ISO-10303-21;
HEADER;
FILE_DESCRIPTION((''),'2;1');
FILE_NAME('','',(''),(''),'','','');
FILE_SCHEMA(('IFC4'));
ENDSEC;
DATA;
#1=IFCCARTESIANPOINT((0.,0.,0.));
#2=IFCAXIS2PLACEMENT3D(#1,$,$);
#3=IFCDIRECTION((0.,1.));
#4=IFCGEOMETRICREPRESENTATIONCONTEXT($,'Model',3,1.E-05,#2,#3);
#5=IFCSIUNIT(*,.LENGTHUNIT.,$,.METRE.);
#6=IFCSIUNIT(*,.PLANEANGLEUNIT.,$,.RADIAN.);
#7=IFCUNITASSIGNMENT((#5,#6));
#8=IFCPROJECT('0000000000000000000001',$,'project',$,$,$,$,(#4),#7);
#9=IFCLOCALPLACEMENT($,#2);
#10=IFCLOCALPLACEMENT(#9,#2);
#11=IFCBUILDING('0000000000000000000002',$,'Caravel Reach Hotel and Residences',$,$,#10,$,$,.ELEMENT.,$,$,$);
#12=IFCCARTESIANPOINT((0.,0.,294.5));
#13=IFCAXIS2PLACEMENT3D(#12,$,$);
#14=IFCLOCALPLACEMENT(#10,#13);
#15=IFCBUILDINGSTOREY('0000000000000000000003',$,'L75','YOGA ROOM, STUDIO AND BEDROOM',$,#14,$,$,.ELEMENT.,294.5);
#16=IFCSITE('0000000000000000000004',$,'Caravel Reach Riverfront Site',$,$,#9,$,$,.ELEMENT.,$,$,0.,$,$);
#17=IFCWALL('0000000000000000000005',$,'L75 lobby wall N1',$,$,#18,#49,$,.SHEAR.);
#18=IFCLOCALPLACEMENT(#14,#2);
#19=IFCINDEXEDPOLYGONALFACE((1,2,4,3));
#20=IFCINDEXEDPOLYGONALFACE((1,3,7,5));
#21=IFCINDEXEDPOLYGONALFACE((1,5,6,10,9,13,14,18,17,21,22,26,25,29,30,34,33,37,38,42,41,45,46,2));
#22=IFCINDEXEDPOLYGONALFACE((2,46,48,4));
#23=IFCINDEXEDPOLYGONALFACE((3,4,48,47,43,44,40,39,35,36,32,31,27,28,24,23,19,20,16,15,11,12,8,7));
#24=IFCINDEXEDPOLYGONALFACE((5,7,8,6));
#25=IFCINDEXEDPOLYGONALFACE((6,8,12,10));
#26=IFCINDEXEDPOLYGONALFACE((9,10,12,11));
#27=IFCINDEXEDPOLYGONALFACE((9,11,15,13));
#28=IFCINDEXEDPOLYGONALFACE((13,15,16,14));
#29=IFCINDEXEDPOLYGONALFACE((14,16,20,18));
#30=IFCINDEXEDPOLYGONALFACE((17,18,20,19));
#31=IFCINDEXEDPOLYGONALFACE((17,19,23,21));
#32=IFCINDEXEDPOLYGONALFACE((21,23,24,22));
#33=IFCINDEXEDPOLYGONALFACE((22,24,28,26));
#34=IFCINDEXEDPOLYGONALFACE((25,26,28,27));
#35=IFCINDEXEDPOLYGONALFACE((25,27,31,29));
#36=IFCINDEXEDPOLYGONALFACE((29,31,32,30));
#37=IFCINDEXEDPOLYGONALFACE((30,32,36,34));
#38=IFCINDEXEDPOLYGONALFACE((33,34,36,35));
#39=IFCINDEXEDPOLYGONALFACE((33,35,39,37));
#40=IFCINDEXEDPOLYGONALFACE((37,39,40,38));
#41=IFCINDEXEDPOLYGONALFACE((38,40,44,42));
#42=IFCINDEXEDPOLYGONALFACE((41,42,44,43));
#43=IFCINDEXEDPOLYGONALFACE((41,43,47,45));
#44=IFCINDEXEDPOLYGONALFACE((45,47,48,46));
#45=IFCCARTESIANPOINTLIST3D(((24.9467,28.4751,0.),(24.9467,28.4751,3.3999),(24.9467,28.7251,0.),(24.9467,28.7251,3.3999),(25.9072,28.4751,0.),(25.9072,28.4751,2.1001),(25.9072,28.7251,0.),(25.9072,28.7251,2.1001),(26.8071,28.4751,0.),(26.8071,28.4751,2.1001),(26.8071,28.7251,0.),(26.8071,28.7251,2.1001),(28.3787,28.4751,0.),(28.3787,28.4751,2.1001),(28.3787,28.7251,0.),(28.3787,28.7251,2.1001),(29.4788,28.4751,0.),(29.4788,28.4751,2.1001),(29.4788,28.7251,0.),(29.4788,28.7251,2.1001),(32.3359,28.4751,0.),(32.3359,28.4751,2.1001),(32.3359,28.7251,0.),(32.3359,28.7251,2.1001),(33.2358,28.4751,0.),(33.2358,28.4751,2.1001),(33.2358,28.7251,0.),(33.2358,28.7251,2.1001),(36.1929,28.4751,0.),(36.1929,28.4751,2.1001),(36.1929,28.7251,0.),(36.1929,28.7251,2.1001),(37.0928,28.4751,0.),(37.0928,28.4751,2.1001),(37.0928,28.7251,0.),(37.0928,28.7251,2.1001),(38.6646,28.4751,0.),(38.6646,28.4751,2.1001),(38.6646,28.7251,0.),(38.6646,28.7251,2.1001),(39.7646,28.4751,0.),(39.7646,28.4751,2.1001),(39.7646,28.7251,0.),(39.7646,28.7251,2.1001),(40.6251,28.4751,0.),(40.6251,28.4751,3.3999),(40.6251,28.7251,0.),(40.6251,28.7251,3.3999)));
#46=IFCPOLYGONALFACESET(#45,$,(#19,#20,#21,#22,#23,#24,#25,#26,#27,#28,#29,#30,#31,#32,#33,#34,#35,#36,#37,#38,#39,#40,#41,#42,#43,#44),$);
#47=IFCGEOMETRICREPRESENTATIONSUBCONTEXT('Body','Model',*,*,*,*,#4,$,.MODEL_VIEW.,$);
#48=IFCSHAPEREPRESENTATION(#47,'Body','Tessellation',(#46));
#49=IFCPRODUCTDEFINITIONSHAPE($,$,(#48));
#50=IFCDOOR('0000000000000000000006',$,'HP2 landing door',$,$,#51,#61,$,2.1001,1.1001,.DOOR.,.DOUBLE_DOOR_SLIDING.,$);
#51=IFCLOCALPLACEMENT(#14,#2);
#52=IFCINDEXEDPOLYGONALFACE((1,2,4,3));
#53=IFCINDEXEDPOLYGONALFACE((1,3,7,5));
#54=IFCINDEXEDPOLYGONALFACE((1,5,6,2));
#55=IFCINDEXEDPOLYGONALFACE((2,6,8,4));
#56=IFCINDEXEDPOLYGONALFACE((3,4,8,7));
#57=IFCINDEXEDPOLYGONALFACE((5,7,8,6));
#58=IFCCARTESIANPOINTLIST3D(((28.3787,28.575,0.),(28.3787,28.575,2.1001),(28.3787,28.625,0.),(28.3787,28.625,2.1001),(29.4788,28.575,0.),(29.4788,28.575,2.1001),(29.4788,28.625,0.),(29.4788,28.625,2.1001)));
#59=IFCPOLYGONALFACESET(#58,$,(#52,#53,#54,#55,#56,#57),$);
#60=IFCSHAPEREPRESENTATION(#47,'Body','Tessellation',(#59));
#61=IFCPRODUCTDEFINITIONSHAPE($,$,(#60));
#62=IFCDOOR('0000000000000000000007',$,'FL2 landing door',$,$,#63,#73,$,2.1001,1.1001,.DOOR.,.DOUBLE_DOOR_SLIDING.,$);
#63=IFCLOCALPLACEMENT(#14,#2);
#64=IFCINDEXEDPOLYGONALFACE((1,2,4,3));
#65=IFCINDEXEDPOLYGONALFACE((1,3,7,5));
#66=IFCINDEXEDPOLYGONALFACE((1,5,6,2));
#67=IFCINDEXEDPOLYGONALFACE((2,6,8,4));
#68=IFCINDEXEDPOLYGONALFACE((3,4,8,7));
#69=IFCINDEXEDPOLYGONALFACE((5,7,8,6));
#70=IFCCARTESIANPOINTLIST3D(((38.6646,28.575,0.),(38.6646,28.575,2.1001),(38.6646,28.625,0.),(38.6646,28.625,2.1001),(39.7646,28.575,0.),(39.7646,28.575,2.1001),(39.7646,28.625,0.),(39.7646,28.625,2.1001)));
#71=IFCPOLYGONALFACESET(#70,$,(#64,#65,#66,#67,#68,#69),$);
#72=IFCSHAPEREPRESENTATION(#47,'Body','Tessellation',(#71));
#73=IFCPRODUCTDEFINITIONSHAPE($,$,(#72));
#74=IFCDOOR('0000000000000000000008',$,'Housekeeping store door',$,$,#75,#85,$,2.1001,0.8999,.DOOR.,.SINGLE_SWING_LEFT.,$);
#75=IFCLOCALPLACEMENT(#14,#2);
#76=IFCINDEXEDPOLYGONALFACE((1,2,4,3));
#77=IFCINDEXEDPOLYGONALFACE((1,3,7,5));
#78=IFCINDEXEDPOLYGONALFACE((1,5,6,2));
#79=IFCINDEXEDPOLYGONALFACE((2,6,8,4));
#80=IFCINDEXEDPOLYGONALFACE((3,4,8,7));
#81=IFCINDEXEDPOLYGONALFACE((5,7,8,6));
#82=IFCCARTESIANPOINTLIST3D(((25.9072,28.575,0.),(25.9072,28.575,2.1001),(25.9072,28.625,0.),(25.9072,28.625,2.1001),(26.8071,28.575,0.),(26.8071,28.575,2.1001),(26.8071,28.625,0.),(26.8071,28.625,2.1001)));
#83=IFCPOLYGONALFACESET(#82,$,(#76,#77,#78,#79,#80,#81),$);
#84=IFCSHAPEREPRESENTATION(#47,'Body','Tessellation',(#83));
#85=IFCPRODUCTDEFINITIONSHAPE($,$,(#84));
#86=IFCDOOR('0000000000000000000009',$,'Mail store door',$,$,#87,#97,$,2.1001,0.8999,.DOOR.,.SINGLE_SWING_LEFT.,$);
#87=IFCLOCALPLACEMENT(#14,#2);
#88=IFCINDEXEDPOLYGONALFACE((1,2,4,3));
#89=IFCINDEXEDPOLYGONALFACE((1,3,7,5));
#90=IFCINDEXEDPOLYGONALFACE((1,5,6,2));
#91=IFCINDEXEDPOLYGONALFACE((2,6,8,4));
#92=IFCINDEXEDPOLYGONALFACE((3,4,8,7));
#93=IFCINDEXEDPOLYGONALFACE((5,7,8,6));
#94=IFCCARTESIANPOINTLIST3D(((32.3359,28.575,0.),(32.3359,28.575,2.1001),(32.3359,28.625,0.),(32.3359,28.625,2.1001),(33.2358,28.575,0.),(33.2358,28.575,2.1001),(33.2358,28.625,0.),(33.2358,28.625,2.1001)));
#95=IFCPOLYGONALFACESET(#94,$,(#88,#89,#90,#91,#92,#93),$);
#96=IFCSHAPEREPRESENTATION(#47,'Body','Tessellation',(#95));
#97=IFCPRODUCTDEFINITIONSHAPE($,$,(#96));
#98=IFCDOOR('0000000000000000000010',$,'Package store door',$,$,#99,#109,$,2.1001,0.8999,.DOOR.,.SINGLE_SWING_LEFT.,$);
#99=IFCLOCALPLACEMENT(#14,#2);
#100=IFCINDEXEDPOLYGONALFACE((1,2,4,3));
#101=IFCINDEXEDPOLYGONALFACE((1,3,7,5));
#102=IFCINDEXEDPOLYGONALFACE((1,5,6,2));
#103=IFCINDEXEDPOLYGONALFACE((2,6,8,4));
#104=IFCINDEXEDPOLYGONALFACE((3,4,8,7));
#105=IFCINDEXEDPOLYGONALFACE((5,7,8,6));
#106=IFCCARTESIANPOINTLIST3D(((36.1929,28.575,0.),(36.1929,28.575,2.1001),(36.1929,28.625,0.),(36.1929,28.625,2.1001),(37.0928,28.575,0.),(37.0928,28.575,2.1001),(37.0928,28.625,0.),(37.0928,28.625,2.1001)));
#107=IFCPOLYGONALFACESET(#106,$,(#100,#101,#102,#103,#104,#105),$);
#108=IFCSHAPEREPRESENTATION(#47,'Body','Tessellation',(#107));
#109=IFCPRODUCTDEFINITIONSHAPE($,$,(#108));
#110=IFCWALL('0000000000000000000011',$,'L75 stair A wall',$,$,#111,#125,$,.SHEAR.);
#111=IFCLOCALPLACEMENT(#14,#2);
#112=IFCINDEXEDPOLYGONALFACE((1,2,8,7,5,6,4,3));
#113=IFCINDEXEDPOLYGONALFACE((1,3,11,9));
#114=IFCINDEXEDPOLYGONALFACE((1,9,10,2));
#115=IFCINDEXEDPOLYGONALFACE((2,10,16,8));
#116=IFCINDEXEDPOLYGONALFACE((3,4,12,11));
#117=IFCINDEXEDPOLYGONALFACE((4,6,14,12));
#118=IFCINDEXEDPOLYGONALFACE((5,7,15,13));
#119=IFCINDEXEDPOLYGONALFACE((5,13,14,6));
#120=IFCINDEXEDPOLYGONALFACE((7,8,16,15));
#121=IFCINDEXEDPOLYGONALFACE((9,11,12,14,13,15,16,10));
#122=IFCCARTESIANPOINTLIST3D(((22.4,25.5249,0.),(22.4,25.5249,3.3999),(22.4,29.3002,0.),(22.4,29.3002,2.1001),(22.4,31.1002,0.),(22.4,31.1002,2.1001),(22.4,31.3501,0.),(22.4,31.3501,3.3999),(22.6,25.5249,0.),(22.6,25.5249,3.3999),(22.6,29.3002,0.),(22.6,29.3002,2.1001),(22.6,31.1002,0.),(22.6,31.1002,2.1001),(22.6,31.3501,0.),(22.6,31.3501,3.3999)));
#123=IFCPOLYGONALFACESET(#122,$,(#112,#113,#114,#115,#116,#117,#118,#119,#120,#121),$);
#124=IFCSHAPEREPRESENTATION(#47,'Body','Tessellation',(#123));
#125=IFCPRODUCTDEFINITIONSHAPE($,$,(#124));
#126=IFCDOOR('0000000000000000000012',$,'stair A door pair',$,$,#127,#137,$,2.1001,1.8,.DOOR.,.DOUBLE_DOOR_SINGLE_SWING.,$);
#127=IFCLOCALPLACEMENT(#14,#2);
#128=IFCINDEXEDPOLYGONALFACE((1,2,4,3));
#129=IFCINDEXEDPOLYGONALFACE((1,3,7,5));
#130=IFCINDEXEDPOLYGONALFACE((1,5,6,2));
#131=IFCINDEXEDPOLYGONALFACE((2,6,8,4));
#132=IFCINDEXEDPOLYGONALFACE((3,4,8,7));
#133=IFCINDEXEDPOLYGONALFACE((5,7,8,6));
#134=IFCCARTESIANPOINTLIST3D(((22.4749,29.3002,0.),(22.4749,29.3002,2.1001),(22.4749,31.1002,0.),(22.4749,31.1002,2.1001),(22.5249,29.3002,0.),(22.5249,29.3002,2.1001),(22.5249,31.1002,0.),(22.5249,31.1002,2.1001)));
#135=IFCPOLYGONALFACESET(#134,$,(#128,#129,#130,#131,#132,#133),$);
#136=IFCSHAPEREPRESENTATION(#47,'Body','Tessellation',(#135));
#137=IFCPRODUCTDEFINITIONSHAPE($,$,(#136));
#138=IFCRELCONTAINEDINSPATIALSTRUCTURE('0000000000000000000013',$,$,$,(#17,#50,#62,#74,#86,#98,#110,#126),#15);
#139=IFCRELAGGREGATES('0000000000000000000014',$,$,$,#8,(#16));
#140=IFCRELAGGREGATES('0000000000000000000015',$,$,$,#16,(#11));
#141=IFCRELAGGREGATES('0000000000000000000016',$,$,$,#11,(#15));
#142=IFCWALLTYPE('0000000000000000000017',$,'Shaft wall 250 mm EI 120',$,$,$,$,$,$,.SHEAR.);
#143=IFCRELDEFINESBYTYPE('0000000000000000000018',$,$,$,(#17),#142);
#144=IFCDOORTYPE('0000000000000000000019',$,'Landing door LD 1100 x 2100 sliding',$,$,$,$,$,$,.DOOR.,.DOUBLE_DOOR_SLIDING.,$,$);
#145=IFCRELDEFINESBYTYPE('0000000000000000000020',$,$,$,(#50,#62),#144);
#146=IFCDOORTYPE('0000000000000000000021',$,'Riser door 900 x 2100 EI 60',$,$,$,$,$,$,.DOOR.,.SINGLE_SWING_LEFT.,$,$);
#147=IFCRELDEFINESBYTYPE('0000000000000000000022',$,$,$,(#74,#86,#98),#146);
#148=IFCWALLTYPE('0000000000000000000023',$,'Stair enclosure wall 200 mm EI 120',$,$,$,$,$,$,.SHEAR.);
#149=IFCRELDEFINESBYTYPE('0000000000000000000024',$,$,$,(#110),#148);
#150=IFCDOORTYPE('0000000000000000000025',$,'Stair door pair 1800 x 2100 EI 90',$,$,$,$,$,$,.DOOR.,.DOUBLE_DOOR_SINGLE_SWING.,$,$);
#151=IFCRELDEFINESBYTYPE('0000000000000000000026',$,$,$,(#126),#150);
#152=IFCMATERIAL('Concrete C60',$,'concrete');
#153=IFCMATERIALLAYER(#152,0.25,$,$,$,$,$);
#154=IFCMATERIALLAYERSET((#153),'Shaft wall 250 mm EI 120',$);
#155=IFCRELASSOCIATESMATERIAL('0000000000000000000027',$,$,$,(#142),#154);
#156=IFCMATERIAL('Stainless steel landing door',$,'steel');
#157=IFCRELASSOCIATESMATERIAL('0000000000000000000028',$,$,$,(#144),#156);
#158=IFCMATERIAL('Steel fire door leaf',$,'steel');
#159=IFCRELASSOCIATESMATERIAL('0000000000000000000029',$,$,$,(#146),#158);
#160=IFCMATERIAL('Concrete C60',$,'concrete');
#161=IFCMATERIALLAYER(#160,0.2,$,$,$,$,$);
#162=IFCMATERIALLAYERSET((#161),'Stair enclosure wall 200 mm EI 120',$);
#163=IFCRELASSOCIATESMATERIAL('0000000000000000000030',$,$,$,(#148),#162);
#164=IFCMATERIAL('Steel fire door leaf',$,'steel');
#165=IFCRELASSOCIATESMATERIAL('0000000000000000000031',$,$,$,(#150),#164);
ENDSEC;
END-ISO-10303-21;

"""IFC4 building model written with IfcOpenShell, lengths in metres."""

from ifc_helpers import new_model, si_unit, direction, frame, frame_2d, origin, place, context, subcontext, project, spatial, rectangle, extrude, material, layer, layer_set, type_object, element, fill, save


model = new_model("IFC4")

# Units and contexts
model_context = context("Model", 3, precision=1e-05, world=origin(), true_north=direction((0.0, 1.0)))
body_context = subcontext(model_context, "Body", "Model", "MODEL_VIEW")
ifc_project = project(units=[si_unit("LENGTHUNIT", "METRE"), si_unit("PLANEANGLEUNIT", "RADIAN")], contexts=[model_context])

# Site, building, storey
site_placement = place(None, origin())
site = spatial("IfcSite", under=ifc_project, at=site_placement, Name="Caravel Reach Riverfront Site", CompositionType="ELEMENT", RefElevation=0.0)
building_placement = place(site_placement, origin())
building = spatial("IfcBuilding", under=site, at=building_placement, Name="Caravel Reach Hotel and Residences", CompositionType="ELEMENT")
storey_placement = place(building_placement, frame((0.0, 0.0, 294.5)))
storey = spatial("IfcBuildingStorey", under=building, at=storey_placement, Name="L75", Description="YOGA ROOM, STUDIO AND BEDROOM", CompositionType="ELEMENT", Elevation=294.5)

# Wall, openings, doors
ifc_material_1 = material(Name="Concrete C60", Category="concrete")
ifc_layer_1 = layer(ifc_material_1, 0.25)
ifc_layer_set_1 = layer_set([ifc_layer_1], Name="Shaft wall 250 mm EI 120")
wall_type_1 = type_object("IfcWallType", Name="Shaft wall 250 mm EI 120", PredefinedType="SHEAR", material=ifc_layer_set_1)
ifc_material_2 = material(Name="Stainless steel landing door", Category="steel")
door_type_1 = type_object("IfcDoorType", Name="Landing door LD 1100 x 2100 sliding", OperationType="DOUBLE_DOOR_SLIDING", PredefinedType="DOOR", material=ifc_material_2)
ifc_material_3 = material(Name="Steel fire door leaf", Category="steel")
door_type_2 = type_object("IfcDoorType", Name="Riser door 900 x 2100 EI 60", OperationType="SINGLE_SWING_LEFT", PredefinedType="DOOR", material=ifc_material_3)
wall_1_placement = place(storey_placement, frame((24.9465, 28.6001, 0.0), z_axis=(0.0, 0.0, 1.0), x_axis=(1.0, 0.0, 0.0)))
wall_1 = element("IfcWall", 1, at=wall_1_placement, inside=storey, type_object=wall_type_1, Name="L75 lobby wall N1", PredefinedType="SHEAR", context=body_context, shape_type="SweptSolid", body=[
    extrude(rectangle(XDim=15.6785, YDim=0.25, at=frame_2d((7.8394, 0.0))), origin(), (0.0, 0.0, 1.0), 3.3999),
])
opening_1_placement = place(wall_1_placement, frame((3.4321, 0.0, 0.0)))
opening_1 = element("IfcOpeningElement", 2, at=opening_1_placement, cuts=wall_1, PredefinedType="OPENING", context=body_context, shape_type="SweptSolid", body=[
    extrude(rectangle(XDim=1.1001, YDim=2.1001, at=frame_2d((0.55, 1.05))), frame((0.0, 0.135, 0.0), z_axis=(0.0, -1.0, 0.0), x_axis=(1.0, 0.0, 0.0)), (0.0, 0.0, 1.0), 0.27),
])
opening_2_placement = place(wall_1_placement, frame((13.718, 0.0, 0.0)))
opening_2 = element("IfcOpeningElement", 3, at=opening_2_placement, cuts=wall_1, PredefinedType="OPENING", context=body_context, shape_type="SweptSolid", body=[
    extrude(rectangle(XDim=1.1001, YDim=2.1001, at=frame_2d((0.55, 1.05))), frame((0.0, 0.135, 0.0), z_axis=(0.0, -1.0, 0.0), x_axis=(1.0, 0.0, 0.0)), (0.0, 0.0, 1.0), 0.27),
])
opening_3_placement = place(wall_1_placement, frame((0.9607, 0.0, 0.0)))
opening_3 = element("IfcOpeningElement", 4, at=opening_3_placement, cuts=wall_1, PredefinedType="OPENING", context=body_context, shape_type="SweptSolid", body=[
    extrude(rectangle(XDim=0.8999, YDim=2.1001, at=frame_2d((0.45, 1.05))), frame((0.0, 0.135, 0.0), z_axis=(0.0, -1.0, 0.0), x_axis=(1.0, 0.0, 0.0)), (0.0, 0.0, 1.0), 0.27),
])
opening_4_placement = place(wall_1_placement, frame((7.3894, 0.0, 0.0)))
opening_4 = element("IfcOpeningElement", 5, at=opening_4_placement, cuts=wall_1, PredefinedType="OPENING", context=body_context, shape_type="SweptSolid", body=[
    extrude(rectangle(XDim=0.8999, YDim=2.1001, at=frame_2d((0.45, 1.05))), frame((0.0, 0.135, 0.0), z_axis=(0.0, -1.0, 0.0), x_axis=(1.0, 0.0, 0.0)), (0.0, 0.0, 1.0), 0.27),
])
opening_5_placement = place(wall_1_placement, frame((11.2463, 0.0, 0.0)))
opening_5 = element("IfcOpeningElement", 6, at=opening_5_placement, cuts=wall_1, PredefinedType="OPENING", context=body_context, shape_type="SweptSolid", body=[
    extrude(rectangle(XDim=0.8999, YDim=2.1001, at=frame_2d((0.45, 1.05))), frame((0.0, 0.135, 0.0), z_axis=(0.0, -1.0, 0.0), x_axis=(1.0, 0.0, 0.0)), (0.0, 0.0, 1.0), 0.27),
])
door_1_placement = place(opening_1_placement, origin())
door_1 = element("IfcDoor", 7, at=door_1_placement, inside=storey, type_object=door_type_1, Name="HP2 landing door", OperationType="DOUBLE_DOOR_SLIDING", OverallHeight=2.1001, OverallWidth=1.1001, PredefinedType="DOOR", context=body_context, shape_type="SweptSolid", body=[
    extrude(rectangle(XDim=1.1001, YDim=2.1001, at=frame_2d((0.55, 1.05))), frame((0.0, 0.0249, 0.0), z_axis=(0.0, -1.0, 0.0), x_axis=(1.0, 0.0, 0.0)), (0.0, 0.0, 1.0), 0.05),
])
fill(opening_1, door_1)
door_2_placement = place(opening_2_placement, origin())
door_2 = element("IfcDoor", 8, at=door_2_placement, inside=storey, type_object=door_type_1, Name="FL2 landing door", OperationType="DOUBLE_DOOR_SLIDING", OverallHeight=2.1001, OverallWidth=1.1001, PredefinedType="DOOR", context=body_context, shape_type="SweptSolid", body=[
    extrude(rectangle(XDim=1.1001, YDim=2.1001, at=frame_2d((0.55, 1.05))), frame((0.0, 0.0249, 0.0), z_axis=(0.0, -1.0, 0.0), x_axis=(1.0, 0.0, 0.0)), (0.0, 0.0, 1.0), 0.05),
])
fill(opening_2, door_2)
door_3_placement = place(opening_3_placement, origin())
door_3 = element("IfcDoor", 9, at=door_3_placement, inside=storey, type_object=door_type_2, Name="Housekeeping store door", OperationType="SINGLE_SWING_LEFT", OverallHeight=2.1001, OverallWidth=0.8999, PredefinedType="DOOR", context=body_context, shape_type="SweptSolid", body=[
    extrude(rectangle(XDim=0.8999, YDim=2.1001, at=frame_2d((0.45, 1.05))), frame((0.0, 0.0249, 0.0), z_axis=(0.0, -1.0, 0.0), x_axis=(1.0, 0.0, 0.0)), (0.0, 0.0, 1.0), 0.05),
])
fill(opening_3, door_3)
door_4_placement = place(opening_4_placement, origin())
door_4 = element("IfcDoor", 10, at=door_4_placement, inside=storey, type_object=door_type_2, Name="Mail store door", OperationType="SINGLE_SWING_LEFT", OverallHeight=2.1001, OverallWidth=0.8999, PredefinedType="DOOR", context=body_context, shape_type="SweptSolid", body=[
    extrude(rectangle(XDim=0.8999, YDim=2.1001, at=frame_2d((0.45, 1.05))), frame((0.0, 0.0249, 0.0), z_axis=(0.0, -1.0, 0.0), x_axis=(1.0, 0.0, 0.0)), (0.0, 0.0, 1.0), 0.05),
])
fill(opening_4, door_4)
door_5_placement = place(opening_5_placement, origin())
door_5 = element("IfcDoor", 11, at=door_5_placement, inside=storey, type_object=door_type_2, Name="Package store door", OperationType="SINGLE_SWING_LEFT", OverallHeight=2.1001, OverallWidth=0.8999, PredefinedType="DOOR", context=body_context, shape_type="SweptSolid", body=[
    extrude(rectangle(XDim=0.8999, YDim=2.1001, at=frame_2d((0.45, 1.05))), frame((0.0, 0.0249, 0.0), z_axis=(0.0, -1.0, 0.0), x_axis=(1.0, 0.0, 0.0)), (0.0, 0.0, 1.0), 0.05),
])
fill(opening_5, door_5)

# Wall, opening, door
ifc_material_4 = material(Name="Concrete C60", Category="concrete")
ifc_layer_2 = layer(ifc_material_4, 0.2)
ifc_layer_set_2 = layer_set([ifc_layer_2], Name="Stair enclosure wall 200 mm EI 120")
wall_type_2 = type_object("IfcWallType", Name="Stair enclosure wall 200 mm EI 120", PredefinedType="SHEAR", material=ifc_layer_set_2)
wall_2_placement = place(storey_placement, frame((22.5, 31.3501, 0.0), z_axis=(0.0, 0.0, 1.0), x_axis=(0.0, -1.0, 0.0)))
wall_2 = element("IfcWall", 12, at=wall_2_placement, inside=storey, type_object=wall_type_2, Name="L75 stair A wall", PredefinedType="SHEAR", context=body_context, shape_type="SweptSolid", body=[
    extrude(rectangle(XDim=5.8252, YDim=0.2, at=frame_2d((2.9126, 0.0))), origin(), (0.0, 0.0, 1.0), 3.3999),
])
opening_6_placement = place(wall_2_placement, frame((0.25, 0.0, 0.0)))
opening_6 = element("IfcOpeningElement", 13, at=opening_6_placement, cuts=wall_2, PredefinedType="OPENING", context=body_context, shape_type="SweptSolid", body=[
    extrude(rectangle(XDim=1.8, YDim=2.1001, at=frame_2d((0.8999, 1.05))), frame((0.0, 0.1099, 0.0), z_axis=(0.0, -1.0, 0.0), x_axis=(1.0, 0.0, 0.0)), (0.0, 0.0, 1.0), 0.22),
])
ifc_material_5 = material(Name="Steel fire door leaf", Category="steel")
door_type_3 = type_object("IfcDoorType", Name="Stair door pair 1800 x 2100 EI 90", OperationType="DOUBLE_DOOR_SINGLE_SWING", PredefinedType="DOOR", material=ifc_material_5)
door_6_placement = place(opening_6_placement, origin())
door_6 = element("IfcDoor", 14, at=door_6_placement, inside=storey, type_object=door_type_3, Name="stair A door pair", OperationType="DOUBLE_DOOR_SINGLE_SWING", OverallHeight=2.1001, OverallWidth=1.8, PredefinedType="DOOR", context=body_context, shape_type="SweptSolid", body=[
    extrude(rectangle(XDim=1.8, YDim=2.1001, at=frame_2d((0.8999, 1.05))), frame((0.0, 0.0249, 0.0), z_axis=(0.0, -1.0, 0.0), x_axis=(1.0, 0.0, 0.0)), (0.0, 0.0, 1.0), 0.05),
])
fill(opening_6, door_6)

save(model, "model.ifc")
